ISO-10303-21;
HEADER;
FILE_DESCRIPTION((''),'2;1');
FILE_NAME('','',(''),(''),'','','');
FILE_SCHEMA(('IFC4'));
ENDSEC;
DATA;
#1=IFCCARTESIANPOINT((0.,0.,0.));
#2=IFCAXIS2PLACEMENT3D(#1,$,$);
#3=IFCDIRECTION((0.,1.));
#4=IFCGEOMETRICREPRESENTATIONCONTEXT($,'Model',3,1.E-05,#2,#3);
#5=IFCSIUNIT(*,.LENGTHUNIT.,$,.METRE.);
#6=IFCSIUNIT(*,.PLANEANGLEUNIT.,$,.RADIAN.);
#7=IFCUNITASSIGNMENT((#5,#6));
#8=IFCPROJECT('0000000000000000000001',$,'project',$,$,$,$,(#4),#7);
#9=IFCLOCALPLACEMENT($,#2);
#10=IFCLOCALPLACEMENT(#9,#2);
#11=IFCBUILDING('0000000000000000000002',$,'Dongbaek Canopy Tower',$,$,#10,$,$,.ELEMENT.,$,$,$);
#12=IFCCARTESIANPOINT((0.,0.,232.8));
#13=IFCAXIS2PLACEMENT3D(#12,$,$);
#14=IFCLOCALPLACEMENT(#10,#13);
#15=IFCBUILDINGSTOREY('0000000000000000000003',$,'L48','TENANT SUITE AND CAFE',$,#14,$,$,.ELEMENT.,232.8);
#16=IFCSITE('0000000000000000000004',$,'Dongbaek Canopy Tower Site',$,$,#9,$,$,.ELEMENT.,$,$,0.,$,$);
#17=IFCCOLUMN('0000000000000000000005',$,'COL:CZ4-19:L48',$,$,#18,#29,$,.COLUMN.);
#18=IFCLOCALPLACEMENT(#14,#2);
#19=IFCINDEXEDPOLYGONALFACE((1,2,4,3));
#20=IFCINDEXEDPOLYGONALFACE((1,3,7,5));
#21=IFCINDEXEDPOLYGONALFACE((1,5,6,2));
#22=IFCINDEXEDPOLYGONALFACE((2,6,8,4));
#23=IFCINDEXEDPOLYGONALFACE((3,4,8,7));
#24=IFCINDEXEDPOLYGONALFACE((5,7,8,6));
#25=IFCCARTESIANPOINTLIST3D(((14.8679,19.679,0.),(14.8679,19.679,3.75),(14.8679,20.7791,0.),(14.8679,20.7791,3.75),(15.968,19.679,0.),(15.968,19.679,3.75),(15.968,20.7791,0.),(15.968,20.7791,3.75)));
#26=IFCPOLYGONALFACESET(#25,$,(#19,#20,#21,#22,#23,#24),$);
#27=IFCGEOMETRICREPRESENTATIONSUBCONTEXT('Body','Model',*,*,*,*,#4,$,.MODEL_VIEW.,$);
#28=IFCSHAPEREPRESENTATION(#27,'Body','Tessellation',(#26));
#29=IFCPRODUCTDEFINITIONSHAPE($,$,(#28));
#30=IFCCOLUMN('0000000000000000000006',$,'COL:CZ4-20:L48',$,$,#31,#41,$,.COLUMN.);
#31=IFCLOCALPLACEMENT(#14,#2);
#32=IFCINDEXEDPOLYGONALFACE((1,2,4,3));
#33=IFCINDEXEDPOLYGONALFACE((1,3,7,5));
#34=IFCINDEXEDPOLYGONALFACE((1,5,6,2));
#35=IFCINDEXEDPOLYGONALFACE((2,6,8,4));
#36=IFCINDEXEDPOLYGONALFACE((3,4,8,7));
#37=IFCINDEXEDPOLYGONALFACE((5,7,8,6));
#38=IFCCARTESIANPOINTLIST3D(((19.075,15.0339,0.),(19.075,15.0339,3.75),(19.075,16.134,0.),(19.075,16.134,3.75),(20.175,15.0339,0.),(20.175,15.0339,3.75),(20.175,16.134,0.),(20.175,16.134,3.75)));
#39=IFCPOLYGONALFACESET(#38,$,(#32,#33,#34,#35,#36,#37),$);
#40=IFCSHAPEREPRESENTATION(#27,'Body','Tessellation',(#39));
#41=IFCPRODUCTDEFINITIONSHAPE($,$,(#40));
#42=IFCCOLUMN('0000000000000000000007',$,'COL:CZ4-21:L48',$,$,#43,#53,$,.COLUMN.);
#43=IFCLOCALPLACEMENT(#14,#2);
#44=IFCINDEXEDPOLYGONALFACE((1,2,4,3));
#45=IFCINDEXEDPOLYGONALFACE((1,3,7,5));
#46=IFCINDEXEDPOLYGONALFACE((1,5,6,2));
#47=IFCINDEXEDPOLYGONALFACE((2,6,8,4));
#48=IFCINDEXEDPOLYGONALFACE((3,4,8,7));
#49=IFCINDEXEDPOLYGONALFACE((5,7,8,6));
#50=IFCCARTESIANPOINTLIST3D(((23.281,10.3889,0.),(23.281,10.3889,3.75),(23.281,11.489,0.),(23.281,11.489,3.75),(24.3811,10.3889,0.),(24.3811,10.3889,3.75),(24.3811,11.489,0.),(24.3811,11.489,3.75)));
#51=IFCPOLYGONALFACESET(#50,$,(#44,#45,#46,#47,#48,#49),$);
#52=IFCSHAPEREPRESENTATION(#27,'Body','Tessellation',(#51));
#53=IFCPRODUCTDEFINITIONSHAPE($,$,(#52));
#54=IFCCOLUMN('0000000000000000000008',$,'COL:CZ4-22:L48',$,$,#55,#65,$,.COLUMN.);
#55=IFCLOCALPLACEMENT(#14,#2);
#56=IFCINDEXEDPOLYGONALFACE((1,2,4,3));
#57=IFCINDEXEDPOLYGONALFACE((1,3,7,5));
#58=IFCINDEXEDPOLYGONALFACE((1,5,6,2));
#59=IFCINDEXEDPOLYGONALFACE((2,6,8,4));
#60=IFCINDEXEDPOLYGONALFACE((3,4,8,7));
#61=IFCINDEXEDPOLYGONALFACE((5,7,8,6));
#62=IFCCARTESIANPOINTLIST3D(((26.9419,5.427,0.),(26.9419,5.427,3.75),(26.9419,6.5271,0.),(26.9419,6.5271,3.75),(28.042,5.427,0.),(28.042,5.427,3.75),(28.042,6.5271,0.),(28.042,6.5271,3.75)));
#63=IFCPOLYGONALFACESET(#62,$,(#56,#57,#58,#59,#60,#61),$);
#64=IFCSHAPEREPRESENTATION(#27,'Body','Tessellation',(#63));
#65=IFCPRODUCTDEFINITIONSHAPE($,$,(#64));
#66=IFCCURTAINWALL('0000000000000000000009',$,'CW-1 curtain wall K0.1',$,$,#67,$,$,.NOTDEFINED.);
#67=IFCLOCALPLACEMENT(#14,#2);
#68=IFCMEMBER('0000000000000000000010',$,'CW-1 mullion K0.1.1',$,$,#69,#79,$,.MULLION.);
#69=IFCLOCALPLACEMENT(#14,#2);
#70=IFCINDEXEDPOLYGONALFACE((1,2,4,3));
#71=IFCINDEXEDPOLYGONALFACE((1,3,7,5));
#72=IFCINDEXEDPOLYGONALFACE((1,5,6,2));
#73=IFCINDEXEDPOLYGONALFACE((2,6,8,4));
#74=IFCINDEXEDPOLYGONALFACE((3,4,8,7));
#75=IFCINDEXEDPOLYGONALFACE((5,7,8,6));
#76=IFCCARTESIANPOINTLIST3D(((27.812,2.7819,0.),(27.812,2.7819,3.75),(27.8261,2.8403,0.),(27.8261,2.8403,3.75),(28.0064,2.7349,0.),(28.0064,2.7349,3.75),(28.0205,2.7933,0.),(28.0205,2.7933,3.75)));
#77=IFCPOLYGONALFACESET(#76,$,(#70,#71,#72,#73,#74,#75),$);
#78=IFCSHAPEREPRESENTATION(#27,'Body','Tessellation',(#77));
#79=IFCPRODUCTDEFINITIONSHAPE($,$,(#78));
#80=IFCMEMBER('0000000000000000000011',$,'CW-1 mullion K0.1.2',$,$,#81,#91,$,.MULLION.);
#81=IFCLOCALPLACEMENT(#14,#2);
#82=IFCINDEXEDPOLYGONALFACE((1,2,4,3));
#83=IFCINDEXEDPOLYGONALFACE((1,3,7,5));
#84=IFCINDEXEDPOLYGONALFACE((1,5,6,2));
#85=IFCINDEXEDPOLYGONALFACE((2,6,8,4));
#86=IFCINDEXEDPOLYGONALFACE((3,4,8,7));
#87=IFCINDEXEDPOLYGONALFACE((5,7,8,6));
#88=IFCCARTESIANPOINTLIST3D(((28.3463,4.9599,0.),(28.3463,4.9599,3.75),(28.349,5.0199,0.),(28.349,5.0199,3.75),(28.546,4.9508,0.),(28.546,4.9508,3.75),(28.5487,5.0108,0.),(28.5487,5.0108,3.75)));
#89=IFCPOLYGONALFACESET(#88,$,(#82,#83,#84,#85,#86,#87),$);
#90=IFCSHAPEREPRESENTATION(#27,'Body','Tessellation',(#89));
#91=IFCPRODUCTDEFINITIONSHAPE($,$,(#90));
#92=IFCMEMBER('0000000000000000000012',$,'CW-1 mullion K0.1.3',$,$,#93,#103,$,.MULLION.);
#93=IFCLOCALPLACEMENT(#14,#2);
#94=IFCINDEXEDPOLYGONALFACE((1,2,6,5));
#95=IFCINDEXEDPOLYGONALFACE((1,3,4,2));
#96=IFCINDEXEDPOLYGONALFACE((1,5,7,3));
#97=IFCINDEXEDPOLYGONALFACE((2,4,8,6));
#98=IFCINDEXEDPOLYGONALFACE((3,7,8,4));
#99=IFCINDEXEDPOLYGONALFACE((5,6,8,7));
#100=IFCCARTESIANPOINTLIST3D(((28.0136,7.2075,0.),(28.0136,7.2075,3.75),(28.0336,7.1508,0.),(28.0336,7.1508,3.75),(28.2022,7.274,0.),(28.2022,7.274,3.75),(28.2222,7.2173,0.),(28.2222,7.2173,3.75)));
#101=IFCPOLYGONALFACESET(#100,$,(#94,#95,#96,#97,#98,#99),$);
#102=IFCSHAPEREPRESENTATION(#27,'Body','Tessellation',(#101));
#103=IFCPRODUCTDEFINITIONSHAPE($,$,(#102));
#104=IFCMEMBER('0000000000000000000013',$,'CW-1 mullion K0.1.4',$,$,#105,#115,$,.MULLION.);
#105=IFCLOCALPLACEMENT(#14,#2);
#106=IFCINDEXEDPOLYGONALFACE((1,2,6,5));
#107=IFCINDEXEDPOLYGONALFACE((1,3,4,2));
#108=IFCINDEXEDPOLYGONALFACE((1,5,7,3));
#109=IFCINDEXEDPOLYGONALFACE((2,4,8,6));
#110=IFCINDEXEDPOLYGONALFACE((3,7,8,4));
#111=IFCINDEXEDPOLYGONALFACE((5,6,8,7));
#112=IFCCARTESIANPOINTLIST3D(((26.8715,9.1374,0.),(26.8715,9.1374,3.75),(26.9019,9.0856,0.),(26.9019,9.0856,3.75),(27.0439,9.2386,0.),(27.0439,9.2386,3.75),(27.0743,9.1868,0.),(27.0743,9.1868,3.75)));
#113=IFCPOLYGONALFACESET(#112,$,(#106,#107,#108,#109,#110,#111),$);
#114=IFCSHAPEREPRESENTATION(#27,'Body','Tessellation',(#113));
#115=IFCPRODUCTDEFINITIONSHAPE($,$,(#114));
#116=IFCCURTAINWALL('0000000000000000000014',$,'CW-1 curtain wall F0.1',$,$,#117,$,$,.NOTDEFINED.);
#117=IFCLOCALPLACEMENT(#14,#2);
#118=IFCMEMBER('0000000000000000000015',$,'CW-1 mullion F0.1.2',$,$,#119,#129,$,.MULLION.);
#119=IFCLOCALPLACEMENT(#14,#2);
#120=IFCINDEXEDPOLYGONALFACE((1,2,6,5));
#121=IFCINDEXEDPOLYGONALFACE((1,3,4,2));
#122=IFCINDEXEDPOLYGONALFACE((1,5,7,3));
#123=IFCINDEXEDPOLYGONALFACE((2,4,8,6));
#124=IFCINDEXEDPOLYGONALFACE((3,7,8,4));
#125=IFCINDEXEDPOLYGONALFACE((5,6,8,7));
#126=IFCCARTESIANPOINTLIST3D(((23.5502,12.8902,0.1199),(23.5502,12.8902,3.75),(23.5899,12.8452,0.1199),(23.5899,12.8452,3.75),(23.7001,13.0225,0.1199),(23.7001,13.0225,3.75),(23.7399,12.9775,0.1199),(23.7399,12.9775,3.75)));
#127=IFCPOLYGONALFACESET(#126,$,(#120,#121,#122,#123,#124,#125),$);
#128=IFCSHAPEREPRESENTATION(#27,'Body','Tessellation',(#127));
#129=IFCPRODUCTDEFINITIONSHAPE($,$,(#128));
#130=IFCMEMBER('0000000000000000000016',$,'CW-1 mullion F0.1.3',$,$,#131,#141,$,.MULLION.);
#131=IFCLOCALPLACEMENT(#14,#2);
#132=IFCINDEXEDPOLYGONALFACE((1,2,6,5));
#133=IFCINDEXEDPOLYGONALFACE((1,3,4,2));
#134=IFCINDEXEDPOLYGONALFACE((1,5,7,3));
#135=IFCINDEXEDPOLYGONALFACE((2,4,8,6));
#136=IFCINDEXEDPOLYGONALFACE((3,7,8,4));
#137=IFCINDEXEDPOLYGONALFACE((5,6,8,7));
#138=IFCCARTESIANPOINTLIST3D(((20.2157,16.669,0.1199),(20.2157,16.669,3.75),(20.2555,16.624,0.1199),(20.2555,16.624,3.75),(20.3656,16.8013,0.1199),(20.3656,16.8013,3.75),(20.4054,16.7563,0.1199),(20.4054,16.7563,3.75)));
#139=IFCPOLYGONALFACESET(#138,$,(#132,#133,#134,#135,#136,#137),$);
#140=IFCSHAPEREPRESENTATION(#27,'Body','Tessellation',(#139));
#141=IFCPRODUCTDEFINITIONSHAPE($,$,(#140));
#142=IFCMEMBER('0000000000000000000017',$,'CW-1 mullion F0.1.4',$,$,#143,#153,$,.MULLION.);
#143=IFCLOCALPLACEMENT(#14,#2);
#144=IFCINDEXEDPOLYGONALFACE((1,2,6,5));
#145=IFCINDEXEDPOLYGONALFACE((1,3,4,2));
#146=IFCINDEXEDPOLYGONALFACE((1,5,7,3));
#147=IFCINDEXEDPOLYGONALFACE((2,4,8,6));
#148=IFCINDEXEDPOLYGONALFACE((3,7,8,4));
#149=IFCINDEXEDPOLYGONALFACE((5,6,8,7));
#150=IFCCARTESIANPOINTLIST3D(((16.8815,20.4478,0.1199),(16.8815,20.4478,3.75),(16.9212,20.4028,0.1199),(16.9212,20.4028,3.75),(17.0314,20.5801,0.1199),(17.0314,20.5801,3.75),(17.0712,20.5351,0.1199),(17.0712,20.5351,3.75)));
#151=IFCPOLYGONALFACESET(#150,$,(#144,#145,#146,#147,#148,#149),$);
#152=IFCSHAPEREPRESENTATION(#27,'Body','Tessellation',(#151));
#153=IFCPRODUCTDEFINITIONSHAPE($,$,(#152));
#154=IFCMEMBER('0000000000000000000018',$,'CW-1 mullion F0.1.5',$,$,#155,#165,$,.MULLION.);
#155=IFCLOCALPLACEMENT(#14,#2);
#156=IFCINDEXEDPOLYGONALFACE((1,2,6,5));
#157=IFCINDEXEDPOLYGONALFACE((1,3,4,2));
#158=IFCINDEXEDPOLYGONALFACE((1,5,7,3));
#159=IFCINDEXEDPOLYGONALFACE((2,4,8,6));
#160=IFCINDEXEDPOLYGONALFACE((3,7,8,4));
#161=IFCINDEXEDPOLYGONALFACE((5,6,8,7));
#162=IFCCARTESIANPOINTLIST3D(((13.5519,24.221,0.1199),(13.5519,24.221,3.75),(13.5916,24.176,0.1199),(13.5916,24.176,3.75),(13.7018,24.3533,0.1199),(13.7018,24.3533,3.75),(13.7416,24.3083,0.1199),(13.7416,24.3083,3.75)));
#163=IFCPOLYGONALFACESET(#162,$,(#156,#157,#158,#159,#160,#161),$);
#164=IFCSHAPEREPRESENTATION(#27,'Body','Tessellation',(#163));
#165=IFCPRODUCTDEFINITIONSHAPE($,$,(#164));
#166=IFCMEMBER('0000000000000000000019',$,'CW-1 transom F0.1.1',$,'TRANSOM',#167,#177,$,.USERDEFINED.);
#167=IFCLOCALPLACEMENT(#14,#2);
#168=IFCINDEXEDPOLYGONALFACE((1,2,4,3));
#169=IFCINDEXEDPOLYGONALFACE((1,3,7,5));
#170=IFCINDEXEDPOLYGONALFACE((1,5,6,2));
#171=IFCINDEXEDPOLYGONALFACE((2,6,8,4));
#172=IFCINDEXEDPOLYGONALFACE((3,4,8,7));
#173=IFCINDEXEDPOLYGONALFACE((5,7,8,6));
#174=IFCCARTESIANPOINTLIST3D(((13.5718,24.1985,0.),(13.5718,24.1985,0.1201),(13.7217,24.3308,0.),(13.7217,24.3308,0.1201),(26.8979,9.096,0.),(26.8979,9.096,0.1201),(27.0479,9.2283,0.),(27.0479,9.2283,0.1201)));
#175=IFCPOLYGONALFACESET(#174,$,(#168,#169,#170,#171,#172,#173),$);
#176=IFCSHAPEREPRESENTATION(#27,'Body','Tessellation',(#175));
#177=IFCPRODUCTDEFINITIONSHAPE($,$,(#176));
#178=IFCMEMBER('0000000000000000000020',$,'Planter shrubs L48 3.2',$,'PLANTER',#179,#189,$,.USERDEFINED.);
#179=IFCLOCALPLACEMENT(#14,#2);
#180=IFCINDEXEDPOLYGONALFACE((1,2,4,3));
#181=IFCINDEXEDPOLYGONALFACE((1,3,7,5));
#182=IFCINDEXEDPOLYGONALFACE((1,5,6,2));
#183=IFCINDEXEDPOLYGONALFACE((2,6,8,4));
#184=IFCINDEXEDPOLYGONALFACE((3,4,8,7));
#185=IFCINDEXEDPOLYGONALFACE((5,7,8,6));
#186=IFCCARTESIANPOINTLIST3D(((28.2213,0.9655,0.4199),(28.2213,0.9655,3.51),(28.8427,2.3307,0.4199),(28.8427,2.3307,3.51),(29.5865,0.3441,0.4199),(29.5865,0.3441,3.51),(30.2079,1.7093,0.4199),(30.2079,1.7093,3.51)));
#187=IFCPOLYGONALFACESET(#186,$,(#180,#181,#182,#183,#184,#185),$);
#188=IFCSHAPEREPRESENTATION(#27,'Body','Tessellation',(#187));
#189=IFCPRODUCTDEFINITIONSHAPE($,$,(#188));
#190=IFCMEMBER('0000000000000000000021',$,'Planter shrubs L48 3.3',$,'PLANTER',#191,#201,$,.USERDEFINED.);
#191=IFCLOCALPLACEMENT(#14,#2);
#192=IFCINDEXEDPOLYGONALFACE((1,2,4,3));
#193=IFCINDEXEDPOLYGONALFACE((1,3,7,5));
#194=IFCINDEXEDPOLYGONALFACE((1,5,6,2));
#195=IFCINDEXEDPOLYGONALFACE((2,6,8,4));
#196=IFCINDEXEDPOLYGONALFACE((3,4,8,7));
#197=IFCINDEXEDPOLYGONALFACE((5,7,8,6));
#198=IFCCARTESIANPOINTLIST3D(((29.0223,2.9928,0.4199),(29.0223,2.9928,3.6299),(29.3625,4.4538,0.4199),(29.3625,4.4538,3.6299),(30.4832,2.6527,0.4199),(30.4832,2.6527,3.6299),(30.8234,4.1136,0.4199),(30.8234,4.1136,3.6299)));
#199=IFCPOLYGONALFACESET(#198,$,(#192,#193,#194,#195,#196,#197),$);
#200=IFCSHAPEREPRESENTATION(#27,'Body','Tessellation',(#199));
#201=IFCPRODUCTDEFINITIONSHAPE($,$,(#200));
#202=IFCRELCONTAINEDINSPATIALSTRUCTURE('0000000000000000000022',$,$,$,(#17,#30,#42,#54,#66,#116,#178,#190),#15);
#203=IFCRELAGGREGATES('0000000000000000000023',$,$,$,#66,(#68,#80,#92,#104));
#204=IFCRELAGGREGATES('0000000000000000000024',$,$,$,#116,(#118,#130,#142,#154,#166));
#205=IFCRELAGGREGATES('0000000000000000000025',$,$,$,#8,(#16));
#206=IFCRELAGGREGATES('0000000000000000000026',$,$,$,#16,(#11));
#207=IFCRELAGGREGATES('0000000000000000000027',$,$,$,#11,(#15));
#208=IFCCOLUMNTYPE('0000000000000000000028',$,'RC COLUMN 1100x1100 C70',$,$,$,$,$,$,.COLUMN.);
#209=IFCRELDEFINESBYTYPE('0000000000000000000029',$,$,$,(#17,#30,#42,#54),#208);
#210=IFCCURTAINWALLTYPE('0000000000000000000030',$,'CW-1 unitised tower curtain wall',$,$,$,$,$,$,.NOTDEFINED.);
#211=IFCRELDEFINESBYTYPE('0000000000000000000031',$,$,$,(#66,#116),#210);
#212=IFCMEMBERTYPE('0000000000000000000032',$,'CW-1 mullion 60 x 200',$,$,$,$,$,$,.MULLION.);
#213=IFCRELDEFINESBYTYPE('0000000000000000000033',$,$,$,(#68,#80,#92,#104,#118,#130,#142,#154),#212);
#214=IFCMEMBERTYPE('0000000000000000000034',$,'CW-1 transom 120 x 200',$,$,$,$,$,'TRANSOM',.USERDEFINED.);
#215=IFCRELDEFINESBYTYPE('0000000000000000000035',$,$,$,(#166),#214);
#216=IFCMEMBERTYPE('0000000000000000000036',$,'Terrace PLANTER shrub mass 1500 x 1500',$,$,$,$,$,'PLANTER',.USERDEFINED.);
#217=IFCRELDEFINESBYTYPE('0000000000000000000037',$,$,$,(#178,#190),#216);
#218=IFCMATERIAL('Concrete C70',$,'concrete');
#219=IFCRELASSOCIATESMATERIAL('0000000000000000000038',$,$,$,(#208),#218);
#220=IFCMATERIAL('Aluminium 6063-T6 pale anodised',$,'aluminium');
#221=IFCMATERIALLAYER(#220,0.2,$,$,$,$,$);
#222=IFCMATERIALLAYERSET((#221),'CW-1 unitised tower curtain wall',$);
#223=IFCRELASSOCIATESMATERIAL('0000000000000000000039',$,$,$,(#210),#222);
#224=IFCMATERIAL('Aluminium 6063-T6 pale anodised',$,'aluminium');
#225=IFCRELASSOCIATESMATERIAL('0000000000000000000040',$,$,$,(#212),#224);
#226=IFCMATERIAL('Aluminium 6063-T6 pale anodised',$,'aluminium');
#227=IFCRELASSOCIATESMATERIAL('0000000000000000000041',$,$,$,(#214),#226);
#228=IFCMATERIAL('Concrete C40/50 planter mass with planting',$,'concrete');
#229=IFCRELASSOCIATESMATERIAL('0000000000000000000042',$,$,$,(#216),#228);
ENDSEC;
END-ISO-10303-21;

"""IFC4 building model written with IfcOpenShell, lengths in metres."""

from ifc_helpers import new_model, si_unit, direction, frame, origin, origin_2d, place, context, subcontext, project, spatial, rectangle, extrude, material, layer, layer_set, material_profile, profile_set, type_object, element, aggregate, save


model = new_model("IFC4")

# Units and contexts
model_context = context("Model", 3, precision=1e-05, world=origin(), true_north=direction((0.0, 1.0)))
body_context = subcontext(model_context, "Body", "Model", "MODEL_VIEW")
ifc_project = project(units=[si_unit("LENGTHUNIT", "METRE"), si_unit("PLANEANGLEUNIT", "RADIAN")], contexts=[model_context])

# Site, building, storey
site_placement = place(None, origin())
site = spatial("IfcSite", under=ifc_project, at=site_placement, Name="Dongbaek Canopy Tower Site", CompositionType="ELEMENT", RefElevation=0.0)
building_placement = place(site_placement, origin())
building = spatial("IfcBuilding", under=site, at=building_placement, Name="Dongbaek Canopy Tower", CompositionType="ELEMENT")
storey_placement = place(building_placement, frame((0.0, 0.0, 232.8)))
storey = spatial("IfcBuildingStorey", under=building, at=storey_placement, Name="L48", Description="TENANT SUITE AND CAFE", CompositionType="ELEMENT", Elevation=232.8)

# Columns
ifc_material_1 = material(Name="Concrete C70", Category="concrete")
ifc_material_profile_1 = material_profile(ifc_material_1, rectangle(XDim=1.1001, YDim=1.1001, at=origin_2d()), Name="RC COLUMN 1100x1100 C70")
ifc_profile_set_1 = profile_set([ifc_material_profile_1], Name="Concrete C70")
column_type = type_object("IfcColumnType", Name="RC COLUMN 1100x1100 C70", PredefinedType="COLUMN", material=ifc_profile_set_1)
for number, where, z_axis, x_axis, name in (
    (1, (15.418, 20.229, 0.0), (0.0, 0.0, 1.0), (1.0, 0.0, 0.0), "COL:CZ4-19:L48"),
    (2, (19.625, 15.584, 0.0), (0.0, 0.0, 1.0), (1.0, 0.0, 0.0), "COL:CZ4-20:L48"),
    (3, (23.8311, 10.939, 0.0), (0.0, 0.0, 1.0), (1.0, 0.0, 0.0), "COL:CZ4-21:L48"),
    (4, (27.4919, 5.9771, 0.0), (0.0, 0.0, 1.0), (1.0, 0.0, 0.0), "COL:CZ4-22:L48"),
):
    element("IfcColumn", number, at=place(storey_placement, frame(where, z_axis=z_axis, x_axis=x_axis)), inside=storey, type_object=column_type, Name=name, PredefinedType="COLUMN", context=body_context, shape_type="SweptSolid", body=[
        extrude(rectangle(XDim=1.1001, YDim=1.1001, at=origin_2d()), origin(), (0.0, 0.0, 1.0), 3.75),
    ])

# Curtain walls, members
ifc_material_2 = material(Name="Aluminium 6063-T6 pale anodised", Category="aluminium")
ifc_layer_1 = layer(ifc_material_2, 0.2)
ifc_layer_set_1 = layer_set([ifc_layer_1], Name="CW-1 unitised tower curtain wall")
curtain_wall_type = type_object("IfcCurtainWallType", Name="CW-1 unitised tower curtain wall", PredefinedType="NOTDEFINED", material=ifc_layer_set_1)
curtain_wall_1_placement = place(storey_placement, origin())
curtain_wall_1 = element("IfcCurtainWall", 5, at=curtain_wall_1_placement, inside=storey, type_object=curtain_wall_type, Name="CW-1 curtain wall K0.1", PredefinedType="NOTDEFINED")
ifc_material_3 = material(Name="Aluminium 6063-T6 pale anodised", Category="aluminium")
ifc_material_profile_2 = material_profile(ifc_material_3, rectangle(XDim=0.2, YDim=0.0601, at=origin_2d()), Name="CW-1 mullion 60 x 200")
ifc_profile_set_2 = profile_set([ifc_material_profile_2], Name="Aluminium 6063-T6 pale anodised")
member_type_1 = type_object("IfcMemberType", Name="CW-1 mullion 60 x 200", PredefinedType="MULLION", material=ifc_profile_set_2)
member_1_placement = place(storey_placement, frame((27.9163, 2.7876, 0.0), z_axis=(0.0, 0.0, 1.0), x_axis=(0.972014, -0.234923, 0.0)))
member_1 = element("IfcMember", 6, at=member_1_placement, type_object=member_type_1, Name="CW-1 mullion K0.1.1", PredefinedType="MULLION", context=body_context, shape_type="SweptSolid", body=[
    extrude(rectangle(XDim=0.2, YDim=0.0601, at=origin_2d()), origin(), (0.0, 0.0, 1.0), 3.75),
])
member_2_placement = place(storey_placement, frame((28.4475, 4.9854, 0.0), z_axis=(0.0, 0.0, 1.0), x_axis=(0.998983, -0.045098, 0.0)))
member_2 = element("IfcMember", 7, at=member_2_placement, type_object=member_type_1, Name="CW-1 mullion K0.1.2", PredefinedType="MULLION", context=body_context, shape_type="SweptSolid", body=[
    extrude(rectangle(XDim=0.2, YDim=0.0601, at=origin_2d()), origin(), (0.0, 0.0, 1.0), 3.75),
])
member_3_placement = place(storey_placement, frame((28.1179, 7.2124, 0.0), z_axis=(0.0, 0.0, 1.0), x_axis=(0.943108, 0.332487, 0.0)))
member_3 = element("IfcMember", 8, at=member_3_placement, type_object=member_type_1, Name="CW-1 mullion K0.1.3", PredefinedType="MULLION", context=body_context, shape_type="SweptSolid", body=[
    extrude(rectangle(XDim=0.2, YDim=0.0601, at=origin_2d()), origin(), (0.0, 0.0, 1.0), 3.75),
])
member_4_placement = place(storey_placement, frame((26.9729, 9.1621, 0.0), z_axis=(0.0, 0.0, 1.0), x_axis=(0.862318, 0.506367, 0.0)))
member_4 = element("IfcMember", 9, at=member_4_placement, type_object=member_type_1, Name="CW-1 mullion K0.1.4", PredefinedType="MULLION", context=body_context, shape_type="SweptSolid", body=[
    extrude(rectangle(XDim=0.2, YDim=0.0601, at=origin_2d()), origin(), (0.0, 0.0, 1.0), 3.75),
])
curtain_wall_2_placement = place(storey_placement, origin())
curtain_wall_2 = element("IfcCurtainWall", 10, at=curtain_wall_2_placement, inside=storey, type_object=curtain_wall_type, Name="CW-1 curtain wall F0.1", PredefinedType="NOTDEFINED")
member_5_placement = place(storey_placement, frame((23.645, 12.9338, 0.1199), z_axis=(0.0, 0.0, 1.0), x_axis=(0.749829, 0.661631, 0.0)))
member_5 = element("IfcMember", 11, at=member_5_placement, type_object=member_type_1, Name="CW-1 mullion F0.1.2", PredefinedType="MULLION", context=body_context, shape_type="SweptSolid", body=[
    extrude(rectangle(XDim=0.2, YDim=0.0601, at=origin_2d()), origin(), (0.0, 0.0, 1.0), 3.6301),
])
member_6_placement = place(storey_placement, frame((20.3105, 16.7126, 0.1199), z_axis=(0.0, 0.0, 1.0), x_axis=(0.749829, 0.661631, 0.0)))
member_6 = element("IfcMember", 12, at=member_6_placement, type_object=member_type_1, Name="CW-1 mullion F0.1.3", PredefinedType="MULLION", context=body_context, shape_type="SweptSolid", body=[
    extrude(rectangle(XDim=0.2, YDim=0.0601, at=origin_2d()), origin(), (0.0, 0.0, 1.0), 3.6301),
])
member_7_placement = place(storey_placement, frame((16.9763, 20.4915, 0.1199), z_axis=(0.0, 0.0, 1.0), x_axis=(0.749829, 0.661631, 0.0)))
member_7 = element("IfcMember", 13, at=member_7_placement, type_object=member_type_1, Name="CW-1 mullion F0.1.4", PredefinedType="MULLION", context=body_context, shape_type="SweptSolid", body=[
    extrude(rectangle(XDim=0.2, YDim=0.0601, at=origin_2d()), origin(), (0.0, 0.0, 1.0), 3.6301),
])
member_8_placement = place(storey_placement, frame((13.6467, 24.2646, 0.1199), z_axis=(0.0, 0.0, 1.0), x_axis=(0.749829, 0.661631, 0.0)))
member_8 = element("IfcMember", 14, at=member_8_placement, type_object=member_type_1, Name="CW-1 mullion F0.1.5", PredefinedType="MULLION", context=body_context, shape_type="SweptSolid", body=[
    extrude(rectangle(XDim=0.2, YDim=0.0601, at=origin_2d()), origin(), (0.0, 0.0, 1.0), 3.6301),
])
ifc_material_4 = material(Name="Aluminium 6063-T6 pale anodised", Category="aluminium")
ifc_material_profile_3 = material_profile(ifc_material_4, rectangle(XDim=0.2, YDim=0.1201, at=origin_2d()), Name="CW-1 transom 120 x 200")
ifc_profile_set_3 = profile_set([ifc_material_profile_3], Name="Aluminium 6063-T6 pale anodised")
member_type_2 = type_object("IfcMemberType", Name="CW-1 transom 120 x 200", ElementType="TRANSOM", PredefinedType="USERDEFINED", material=ifc_profile_set_3)
member_9_placement = place(storey_placement, frame((26.9729, 9.1621, 0.0601), z_axis=(-0.661633, 0.749828, 0.0), x_axis=(-0.749828, -0.661633, 0.0)))
member_9 = element("IfcMember", 15, at=member_9_placement, type_object=member_type_2, Name="CW-1 transom F0.1.1", ObjectType="TRANSOM", PredefinedType="USERDEFINED", context=body_context, shape_type="SweptSolid", body=[
    extrude(rectangle(XDim=0.2, YDim=0.1201, at=origin_2d()), origin(), (0.0, 0.0, 1.0), 20.1414),
])

# Members
ifc_material_5 = material(Name="Concrete C40/50 planter mass with planting", Category="concrete")
ifc_material_profile_4 = material_profile(ifc_material_5, rectangle(XDim=1.5, YDim=1.5, at=origin_2d()), Name="Terrace PLANTER shrub mass 1500 x 1500")
ifc_profile_set_4 = profile_set([ifc_material_profile_4], Name="Concrete C40/50 planter mass with planting")
member_type_3 = type_object("IfcMemberType", Name="Terrace PLANTER shrub mass 1500 x 1500", ElementType="PLANTER", PredefinedType="USERDEFINED", material=ifc_profile_set_4)
member_10_placement = place(storey_placement, frame((29.2146, 1.3374, 0.4199), z_axis=(0.0, 0.0, 1.0), x_axis=(0.910164, -0.414249, 0.0)))
element("IfcMember", 16, at=member_10_placement, inside=storey, type_object=member_type_3, Name="Planter shrubs L48 3.2", ObjectType="PLANTER", PredefinedType="USERDEFINED", context=body_context, shape_type="SweptSolid", body=[
    extrude(rectangle(XDim=1.5, YDim=1.5, at=origin_2d()), origin(), (0.0, 0.0, 1.0), 3.0901),
])
member_11_placement = place(storey_placement, frame((29.9229, 3.5532, 0.4199), z_axis=(0.0, 0.0, 1.0), x_axis=(0.973951, -0.22676, 0.0)))
element("IfcMember", 17, at=member_11_placement, inside=storey, type_object=member_type_3, Name="Planter shrubs L48 3.3", ObjectType="PLANTER", PredefinedType="USERDEFINED", context=body_context, shape_type="SweptSolid", body=[
    extrude(rectangle(XDim=1.5, YDim=1.5, at=origin_2d()), origin(), (0.0, 0.0, 1.0), 3.21),
])

aggregate(curtain_wall_1, [member_1, member_2, member_3, member_4])

aggregate(curtain_wall_2, [member_5, member_6, member_7, member_8, member_9])

save(model, "model.ifc")
